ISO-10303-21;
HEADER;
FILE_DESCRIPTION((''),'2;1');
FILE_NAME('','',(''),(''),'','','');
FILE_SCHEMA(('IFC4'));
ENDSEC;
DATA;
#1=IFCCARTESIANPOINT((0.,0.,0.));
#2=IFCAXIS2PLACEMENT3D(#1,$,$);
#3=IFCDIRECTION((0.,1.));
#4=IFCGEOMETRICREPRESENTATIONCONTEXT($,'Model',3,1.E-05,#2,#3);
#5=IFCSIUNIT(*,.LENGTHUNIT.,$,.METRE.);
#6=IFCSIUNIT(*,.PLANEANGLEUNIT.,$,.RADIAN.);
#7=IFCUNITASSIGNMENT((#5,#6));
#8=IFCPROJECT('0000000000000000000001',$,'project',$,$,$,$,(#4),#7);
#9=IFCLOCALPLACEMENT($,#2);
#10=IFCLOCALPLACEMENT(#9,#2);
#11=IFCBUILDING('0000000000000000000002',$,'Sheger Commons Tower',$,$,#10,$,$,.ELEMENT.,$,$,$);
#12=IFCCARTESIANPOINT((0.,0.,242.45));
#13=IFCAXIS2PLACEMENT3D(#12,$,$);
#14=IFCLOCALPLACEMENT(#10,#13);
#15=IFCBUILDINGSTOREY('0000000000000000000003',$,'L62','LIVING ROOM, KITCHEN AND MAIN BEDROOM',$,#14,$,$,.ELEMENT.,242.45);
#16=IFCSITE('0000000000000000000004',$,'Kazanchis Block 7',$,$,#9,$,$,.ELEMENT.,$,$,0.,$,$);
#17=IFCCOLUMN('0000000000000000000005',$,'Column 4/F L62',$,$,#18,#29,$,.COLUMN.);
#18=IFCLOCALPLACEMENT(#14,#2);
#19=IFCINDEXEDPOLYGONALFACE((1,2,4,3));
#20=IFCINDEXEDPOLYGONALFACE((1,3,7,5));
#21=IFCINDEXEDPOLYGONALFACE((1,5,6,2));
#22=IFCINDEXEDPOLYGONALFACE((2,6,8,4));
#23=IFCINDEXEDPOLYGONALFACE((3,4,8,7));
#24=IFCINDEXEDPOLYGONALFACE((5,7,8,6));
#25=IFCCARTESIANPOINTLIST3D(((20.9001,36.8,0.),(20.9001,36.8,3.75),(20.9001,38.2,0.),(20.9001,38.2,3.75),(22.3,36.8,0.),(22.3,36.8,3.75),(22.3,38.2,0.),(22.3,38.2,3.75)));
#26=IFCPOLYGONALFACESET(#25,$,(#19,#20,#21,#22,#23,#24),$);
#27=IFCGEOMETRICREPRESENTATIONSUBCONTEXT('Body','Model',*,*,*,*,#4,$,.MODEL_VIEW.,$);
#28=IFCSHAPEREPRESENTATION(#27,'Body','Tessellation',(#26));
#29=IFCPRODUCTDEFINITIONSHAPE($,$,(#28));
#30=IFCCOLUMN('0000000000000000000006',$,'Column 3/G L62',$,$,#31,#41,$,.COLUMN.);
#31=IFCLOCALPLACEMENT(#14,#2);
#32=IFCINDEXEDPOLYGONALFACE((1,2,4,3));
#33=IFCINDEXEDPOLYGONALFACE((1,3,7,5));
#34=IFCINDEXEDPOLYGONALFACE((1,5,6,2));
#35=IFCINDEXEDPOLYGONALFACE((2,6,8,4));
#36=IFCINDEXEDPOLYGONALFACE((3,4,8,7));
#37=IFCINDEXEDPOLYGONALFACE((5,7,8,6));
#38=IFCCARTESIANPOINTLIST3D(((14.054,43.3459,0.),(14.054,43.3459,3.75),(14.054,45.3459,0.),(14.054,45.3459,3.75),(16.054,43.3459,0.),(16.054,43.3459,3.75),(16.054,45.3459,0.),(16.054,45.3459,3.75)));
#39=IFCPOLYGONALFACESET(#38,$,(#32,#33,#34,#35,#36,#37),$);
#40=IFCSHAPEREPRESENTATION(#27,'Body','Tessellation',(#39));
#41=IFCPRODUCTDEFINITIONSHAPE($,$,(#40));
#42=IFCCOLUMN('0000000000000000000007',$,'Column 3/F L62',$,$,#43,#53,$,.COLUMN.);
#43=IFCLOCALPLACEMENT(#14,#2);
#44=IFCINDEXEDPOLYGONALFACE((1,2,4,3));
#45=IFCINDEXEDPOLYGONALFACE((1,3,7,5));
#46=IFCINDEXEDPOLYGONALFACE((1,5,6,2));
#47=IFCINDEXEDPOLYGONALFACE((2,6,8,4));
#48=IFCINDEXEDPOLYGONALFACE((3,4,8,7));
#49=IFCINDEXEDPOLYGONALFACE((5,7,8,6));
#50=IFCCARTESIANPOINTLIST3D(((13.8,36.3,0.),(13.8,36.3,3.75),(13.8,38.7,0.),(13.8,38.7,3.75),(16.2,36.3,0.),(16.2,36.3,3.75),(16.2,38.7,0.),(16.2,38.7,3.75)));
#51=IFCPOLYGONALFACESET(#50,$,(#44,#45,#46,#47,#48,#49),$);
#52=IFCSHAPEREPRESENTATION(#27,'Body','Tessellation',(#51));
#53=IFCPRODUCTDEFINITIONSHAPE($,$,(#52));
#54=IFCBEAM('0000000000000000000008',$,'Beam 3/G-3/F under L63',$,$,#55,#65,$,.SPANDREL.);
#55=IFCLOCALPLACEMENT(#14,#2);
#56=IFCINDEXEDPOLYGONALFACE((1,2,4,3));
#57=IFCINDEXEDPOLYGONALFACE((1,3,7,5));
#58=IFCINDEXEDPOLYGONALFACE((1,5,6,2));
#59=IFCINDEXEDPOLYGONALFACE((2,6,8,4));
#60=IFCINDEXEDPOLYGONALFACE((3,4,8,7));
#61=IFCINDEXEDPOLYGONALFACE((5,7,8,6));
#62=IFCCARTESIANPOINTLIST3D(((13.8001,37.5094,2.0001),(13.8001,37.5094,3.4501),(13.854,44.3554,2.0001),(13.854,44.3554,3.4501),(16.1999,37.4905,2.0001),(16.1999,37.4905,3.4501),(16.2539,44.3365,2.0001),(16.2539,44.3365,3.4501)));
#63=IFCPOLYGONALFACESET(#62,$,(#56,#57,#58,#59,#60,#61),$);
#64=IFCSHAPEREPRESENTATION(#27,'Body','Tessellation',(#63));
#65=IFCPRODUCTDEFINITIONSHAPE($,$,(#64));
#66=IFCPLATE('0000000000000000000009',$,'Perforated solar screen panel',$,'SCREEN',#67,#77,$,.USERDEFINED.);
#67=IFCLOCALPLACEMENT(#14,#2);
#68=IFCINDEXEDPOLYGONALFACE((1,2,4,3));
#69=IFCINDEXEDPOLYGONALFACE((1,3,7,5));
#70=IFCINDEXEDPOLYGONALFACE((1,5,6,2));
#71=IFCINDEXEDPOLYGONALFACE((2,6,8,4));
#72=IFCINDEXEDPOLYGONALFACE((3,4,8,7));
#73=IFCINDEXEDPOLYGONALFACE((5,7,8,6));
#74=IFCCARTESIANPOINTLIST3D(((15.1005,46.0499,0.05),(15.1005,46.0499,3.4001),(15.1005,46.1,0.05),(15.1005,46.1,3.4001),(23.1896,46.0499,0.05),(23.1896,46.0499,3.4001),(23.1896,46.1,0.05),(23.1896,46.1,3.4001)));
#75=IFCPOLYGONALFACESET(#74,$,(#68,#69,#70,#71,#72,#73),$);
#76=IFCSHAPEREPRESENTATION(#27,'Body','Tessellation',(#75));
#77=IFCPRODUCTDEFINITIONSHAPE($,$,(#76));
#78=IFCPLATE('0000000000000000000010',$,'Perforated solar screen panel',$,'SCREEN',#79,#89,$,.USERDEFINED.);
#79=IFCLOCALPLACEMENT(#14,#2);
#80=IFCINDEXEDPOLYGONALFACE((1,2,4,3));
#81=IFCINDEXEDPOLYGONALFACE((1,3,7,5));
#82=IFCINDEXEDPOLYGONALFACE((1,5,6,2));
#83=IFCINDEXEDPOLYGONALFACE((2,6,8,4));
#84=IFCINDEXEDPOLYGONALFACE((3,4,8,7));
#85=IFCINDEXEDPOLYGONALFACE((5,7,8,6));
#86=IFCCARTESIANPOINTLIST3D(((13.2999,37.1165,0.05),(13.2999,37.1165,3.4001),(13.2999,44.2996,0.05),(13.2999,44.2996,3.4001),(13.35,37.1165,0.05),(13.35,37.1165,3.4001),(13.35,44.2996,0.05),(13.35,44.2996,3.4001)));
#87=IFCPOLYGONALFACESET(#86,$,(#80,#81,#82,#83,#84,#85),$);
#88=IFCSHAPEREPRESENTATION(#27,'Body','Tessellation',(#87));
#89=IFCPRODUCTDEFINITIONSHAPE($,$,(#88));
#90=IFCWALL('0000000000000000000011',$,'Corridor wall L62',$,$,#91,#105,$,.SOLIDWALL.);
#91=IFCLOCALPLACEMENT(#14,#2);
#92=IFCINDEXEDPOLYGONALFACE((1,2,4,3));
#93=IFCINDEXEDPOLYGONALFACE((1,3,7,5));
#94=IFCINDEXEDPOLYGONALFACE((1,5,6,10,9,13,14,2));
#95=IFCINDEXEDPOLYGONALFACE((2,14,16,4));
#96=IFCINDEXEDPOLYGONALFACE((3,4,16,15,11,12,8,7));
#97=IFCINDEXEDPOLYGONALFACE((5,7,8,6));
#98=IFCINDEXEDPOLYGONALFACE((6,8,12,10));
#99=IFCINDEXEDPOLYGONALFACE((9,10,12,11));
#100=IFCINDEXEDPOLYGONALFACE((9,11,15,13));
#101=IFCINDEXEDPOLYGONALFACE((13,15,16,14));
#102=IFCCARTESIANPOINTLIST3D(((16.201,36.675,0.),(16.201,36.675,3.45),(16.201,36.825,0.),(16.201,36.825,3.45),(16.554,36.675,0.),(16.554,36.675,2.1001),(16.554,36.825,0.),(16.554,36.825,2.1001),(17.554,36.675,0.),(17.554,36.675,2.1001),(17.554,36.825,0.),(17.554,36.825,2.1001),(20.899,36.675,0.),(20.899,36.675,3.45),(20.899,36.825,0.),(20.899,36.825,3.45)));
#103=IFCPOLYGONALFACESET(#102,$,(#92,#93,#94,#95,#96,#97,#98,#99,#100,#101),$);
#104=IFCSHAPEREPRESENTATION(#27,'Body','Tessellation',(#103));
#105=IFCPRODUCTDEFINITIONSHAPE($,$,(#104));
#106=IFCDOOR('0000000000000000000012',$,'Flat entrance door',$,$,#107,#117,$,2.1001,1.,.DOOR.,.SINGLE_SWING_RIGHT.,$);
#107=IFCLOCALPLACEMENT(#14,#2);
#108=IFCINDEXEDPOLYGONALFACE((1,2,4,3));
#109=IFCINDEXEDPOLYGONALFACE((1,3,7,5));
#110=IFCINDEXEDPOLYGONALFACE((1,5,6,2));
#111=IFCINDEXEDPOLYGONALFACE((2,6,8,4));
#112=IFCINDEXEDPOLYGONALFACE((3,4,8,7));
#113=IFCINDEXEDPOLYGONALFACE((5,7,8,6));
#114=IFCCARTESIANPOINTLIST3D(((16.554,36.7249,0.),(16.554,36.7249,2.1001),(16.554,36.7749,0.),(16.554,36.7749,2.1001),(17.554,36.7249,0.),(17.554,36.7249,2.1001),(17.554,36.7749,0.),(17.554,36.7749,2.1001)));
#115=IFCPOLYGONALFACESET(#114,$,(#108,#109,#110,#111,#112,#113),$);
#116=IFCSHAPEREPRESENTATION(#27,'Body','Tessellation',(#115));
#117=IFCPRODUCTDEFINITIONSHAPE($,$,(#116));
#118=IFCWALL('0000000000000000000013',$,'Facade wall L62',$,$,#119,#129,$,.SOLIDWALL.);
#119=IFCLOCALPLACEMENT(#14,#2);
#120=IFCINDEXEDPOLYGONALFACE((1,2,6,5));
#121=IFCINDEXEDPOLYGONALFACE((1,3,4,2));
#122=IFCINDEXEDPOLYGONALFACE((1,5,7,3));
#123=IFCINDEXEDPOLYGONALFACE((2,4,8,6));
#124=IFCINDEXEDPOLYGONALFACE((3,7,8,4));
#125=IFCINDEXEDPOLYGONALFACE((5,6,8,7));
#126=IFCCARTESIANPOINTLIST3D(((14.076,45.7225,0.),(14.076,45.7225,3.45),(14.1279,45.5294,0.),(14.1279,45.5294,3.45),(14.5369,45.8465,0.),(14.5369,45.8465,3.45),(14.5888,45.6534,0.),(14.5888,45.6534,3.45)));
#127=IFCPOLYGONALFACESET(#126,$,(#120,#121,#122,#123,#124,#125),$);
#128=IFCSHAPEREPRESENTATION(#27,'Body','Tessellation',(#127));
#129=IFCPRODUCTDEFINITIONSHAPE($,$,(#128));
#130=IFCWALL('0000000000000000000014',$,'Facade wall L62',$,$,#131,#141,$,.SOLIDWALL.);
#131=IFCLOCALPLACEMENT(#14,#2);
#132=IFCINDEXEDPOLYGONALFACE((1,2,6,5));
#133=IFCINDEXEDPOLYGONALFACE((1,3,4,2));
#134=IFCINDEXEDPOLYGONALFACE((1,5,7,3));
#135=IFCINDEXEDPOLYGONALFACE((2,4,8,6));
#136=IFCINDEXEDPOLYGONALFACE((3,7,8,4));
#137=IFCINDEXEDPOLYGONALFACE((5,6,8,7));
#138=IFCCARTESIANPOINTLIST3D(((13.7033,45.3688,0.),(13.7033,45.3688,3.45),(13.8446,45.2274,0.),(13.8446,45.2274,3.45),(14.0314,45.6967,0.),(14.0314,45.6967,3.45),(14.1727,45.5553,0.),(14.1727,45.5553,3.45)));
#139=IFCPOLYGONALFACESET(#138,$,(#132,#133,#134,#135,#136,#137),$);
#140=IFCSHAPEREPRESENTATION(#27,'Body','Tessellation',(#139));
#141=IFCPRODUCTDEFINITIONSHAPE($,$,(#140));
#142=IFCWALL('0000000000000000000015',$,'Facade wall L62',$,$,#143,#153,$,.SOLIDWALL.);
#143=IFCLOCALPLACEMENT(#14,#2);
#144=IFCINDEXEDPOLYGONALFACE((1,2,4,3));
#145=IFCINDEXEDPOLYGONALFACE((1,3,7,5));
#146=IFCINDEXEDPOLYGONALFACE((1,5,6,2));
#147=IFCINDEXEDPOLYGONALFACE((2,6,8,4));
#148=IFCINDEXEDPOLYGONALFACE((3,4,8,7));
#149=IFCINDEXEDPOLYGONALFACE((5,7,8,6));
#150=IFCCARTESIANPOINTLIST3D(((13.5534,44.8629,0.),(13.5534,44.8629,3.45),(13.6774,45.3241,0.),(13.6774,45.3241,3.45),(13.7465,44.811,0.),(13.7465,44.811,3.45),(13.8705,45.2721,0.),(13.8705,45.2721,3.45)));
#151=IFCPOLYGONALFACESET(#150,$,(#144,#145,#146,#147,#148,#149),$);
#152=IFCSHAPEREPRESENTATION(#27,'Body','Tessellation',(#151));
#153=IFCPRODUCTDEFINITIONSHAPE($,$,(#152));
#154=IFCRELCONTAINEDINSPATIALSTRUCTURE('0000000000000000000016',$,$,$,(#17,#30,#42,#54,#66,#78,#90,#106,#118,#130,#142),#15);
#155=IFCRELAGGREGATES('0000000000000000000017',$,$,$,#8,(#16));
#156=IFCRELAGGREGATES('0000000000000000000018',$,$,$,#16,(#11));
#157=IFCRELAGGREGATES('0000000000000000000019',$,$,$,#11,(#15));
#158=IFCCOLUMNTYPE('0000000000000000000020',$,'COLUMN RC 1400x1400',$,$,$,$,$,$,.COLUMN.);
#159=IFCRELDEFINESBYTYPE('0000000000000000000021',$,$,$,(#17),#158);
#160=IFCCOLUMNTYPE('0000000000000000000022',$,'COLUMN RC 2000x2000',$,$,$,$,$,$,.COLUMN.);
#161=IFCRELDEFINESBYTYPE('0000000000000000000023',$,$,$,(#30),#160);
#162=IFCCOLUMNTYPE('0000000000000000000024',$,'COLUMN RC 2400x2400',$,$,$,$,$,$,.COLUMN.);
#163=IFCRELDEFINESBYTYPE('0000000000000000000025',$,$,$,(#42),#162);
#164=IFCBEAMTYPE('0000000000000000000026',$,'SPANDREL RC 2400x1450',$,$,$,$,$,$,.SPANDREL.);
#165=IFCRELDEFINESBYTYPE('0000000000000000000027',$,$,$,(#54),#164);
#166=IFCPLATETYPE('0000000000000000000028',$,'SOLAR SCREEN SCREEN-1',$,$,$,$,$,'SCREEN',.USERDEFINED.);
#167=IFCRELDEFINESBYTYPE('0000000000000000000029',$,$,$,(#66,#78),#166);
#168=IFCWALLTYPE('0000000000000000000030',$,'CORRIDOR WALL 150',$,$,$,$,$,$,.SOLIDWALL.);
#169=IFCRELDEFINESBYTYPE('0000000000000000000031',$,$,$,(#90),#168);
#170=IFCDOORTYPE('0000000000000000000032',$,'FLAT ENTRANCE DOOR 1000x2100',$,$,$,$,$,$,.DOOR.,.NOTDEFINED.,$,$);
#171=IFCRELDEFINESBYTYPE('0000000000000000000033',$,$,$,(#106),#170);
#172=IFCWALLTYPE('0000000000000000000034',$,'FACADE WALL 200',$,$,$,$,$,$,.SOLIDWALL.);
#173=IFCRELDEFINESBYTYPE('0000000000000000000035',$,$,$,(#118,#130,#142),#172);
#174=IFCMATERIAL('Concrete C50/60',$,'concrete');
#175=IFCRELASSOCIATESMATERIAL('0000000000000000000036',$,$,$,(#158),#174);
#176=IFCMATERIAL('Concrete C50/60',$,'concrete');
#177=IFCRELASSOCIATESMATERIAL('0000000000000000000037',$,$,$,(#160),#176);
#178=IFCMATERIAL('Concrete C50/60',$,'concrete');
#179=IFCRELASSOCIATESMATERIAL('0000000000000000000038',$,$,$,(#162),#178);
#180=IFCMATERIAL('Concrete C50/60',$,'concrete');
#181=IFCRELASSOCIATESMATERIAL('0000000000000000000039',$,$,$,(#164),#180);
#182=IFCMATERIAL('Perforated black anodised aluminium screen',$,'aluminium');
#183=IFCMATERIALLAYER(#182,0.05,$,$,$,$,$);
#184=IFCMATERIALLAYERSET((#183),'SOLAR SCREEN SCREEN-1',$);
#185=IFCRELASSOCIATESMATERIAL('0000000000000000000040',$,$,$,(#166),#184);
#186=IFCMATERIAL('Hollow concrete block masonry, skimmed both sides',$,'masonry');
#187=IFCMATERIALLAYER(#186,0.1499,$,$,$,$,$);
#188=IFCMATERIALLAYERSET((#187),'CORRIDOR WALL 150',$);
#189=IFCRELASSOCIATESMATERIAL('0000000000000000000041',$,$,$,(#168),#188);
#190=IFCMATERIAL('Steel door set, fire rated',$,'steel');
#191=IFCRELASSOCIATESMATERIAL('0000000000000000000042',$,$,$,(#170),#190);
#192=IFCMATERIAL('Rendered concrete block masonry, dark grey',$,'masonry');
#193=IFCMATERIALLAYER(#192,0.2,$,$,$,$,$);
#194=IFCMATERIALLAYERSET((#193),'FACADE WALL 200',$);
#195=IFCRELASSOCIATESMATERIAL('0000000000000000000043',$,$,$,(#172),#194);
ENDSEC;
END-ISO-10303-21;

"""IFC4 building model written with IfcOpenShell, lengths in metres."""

from ifc_helpers import new_model, si_unit, direction, frame, frame_2d, origin, origin_2d, place, context, subcontext, project, spatial, rectangle, extrude, material, layer, layer_set, material_profile, profile_set, type_object, element, fill, save


model = new_model("IFC4")

# Units and contexts
model_context = context("Model", 3, precision=1e-05, world=origin(), true_north=direction((0.0, 1.0)))
body_context = subcontext(model_context, "Body", "Model", "MODEL_VIEW")
ifc_project = project(units=[si_unit("LENGTHUNIT", "METRE"), si_unit("PLANEANGLEUNIT", "RADIAN")], contexts=[model_context])

# Site, building, storey
site_placement = place(None, origin())
site = spatial("IfcSite", under=ifc_project, at=site_placement, Name="Kazanchis Block 7", CompositionType="ELEMENT", RefElevation=0.0)
building_placement = place(site_placement, origin())
building = spatial("IfcBuilding", under=site, at=building_placement, Name="Sheger Commons Tower", CompositionType="ELEMENT")
storey_placement = place(building_placement, frame((0.0, 0.0, 242.45)))
storey = spatial("IfcBuildingStorey", under=building, at=storey_placement, Name="L62", Description="LIVING ROOM, KITCHEN AND MAIN BEDROOM", CompositionType="ELEMENT", Elevation=242.45)

# Columns
ifc_material_1 = material(Name="Concrete C50/60", Category="concrete")
ifc_material_profile_1 = material_profile(ifc_material_1, rectangle(XDim=1.3999, YDim=1.3999, at=origin_2d()), Name="RC 1400x1400")
ifc_profile_set_1 = profile_set([ifc_material_profile_1], Name="Concrete C50/60")
column_type_1 = type_object("IfcColumnType", Name="COLUMN RC 1400x1400", PredefinedType="COLUMN", material=ifc_profile_set_1)
column_1_placement = place(storey_placement, frame((21.6001, 37.5, 0.0), z_axis=(0.0, 0.0, 1.0), x_axis=(1.0, 0.0, 0.0)))
element("IfcColumn", 1, at=column_1_placement, inside=storey, type_object=column_type_1, Name="Column 4/F L62", PredefinedType="COLUMN", context=body_context, shape_type="SweptSolid", body=[
    extrude(rectangle(XDim=1.3999, YDim=1.3999, at=origin_2d()), origin(), (0.0, 0.0, 1.0), 3.75),
])
ifc_material_2 = material(Name="Concrete C50/60", Category="concrete")
ifc_material_profile_2 = material_profile(ifc_material_2, rectangle(XDim=2.0, YDim=2.0, at=origin_2d()), Name="RC 2000x2000")
ifc_profile_set_2 = profile_set([ifc_material_profile_2], Name="Concrete C50/60")
column_type_2 = type_object("IfcColumnType", Name="COLUMN RC 2000x2000", PredefinedType="COLUMN", material=ifc_profile_set_2)
column_2_placement = place(storey_placement, frame((15.054, 44.3459, 0.0), z_axis=(0.0, 0.0, 1.0), x_axis=(1.0, 0.0, 0.0)))
element("IfcColumn", 2, at=column_2_placement, inside=storey, type_object=column_type_2, Name="Column 3/G L62", PredefinedType="COLUMN", context=body_context, shape_type="SweptSolid", body=[
    extrude(rectangle(XDim=2.0, YDim=2.0, at=origin_2d()), origin(), (0.0, 0.0, 1.0), 3.75),
])
ifc_material_3 = material(Name="Concrete C50/60", Category="concrete")
ifc_material_profile_3 = material_profile(ifc_material_3, rectangle(XDim=2.3999, YDim=2.3999, at=origin_2d()), Name="RC 2400x2400")
ifc_profile_set_3 = profile_set([ifc_material_profile_3], Name="Concrete C50/60")
column_type_3 = type_object("IfcColumnType", Name="COLUMN RC 2400x2400", PredefinedType="COLUMN", material=ifc_profile_set_3)
column_3_placement = place(storey_placement, frame((15.0, 37.5, 0.0), z_axis=(0.0, 0.0, 1.0), x_axis=(1.0, 0.0, 0.0)))
element("IfcColumn", 3, at=column_3_placement, inside=storey, type_object=column_type_3, Name="Column 3/F L62", PredefinedType="COLUMN", context=body_context, shape_type="SweptSolid", body=[
    extrude(rectangle(XDim=2.3999, YDim=2.3999, at=origin_2d()), origin(), (0.0, 0.0, 1.0), 3.75),
])

# Beam
ifc_material_4 = material(Name="Concrete C50/60", Category="concrete")
ifc_material_profile_4 = material_profile(ifc_material_4, rectangle(XDim=2.3999, YDim=1.45, at=origin_2d()), Name="RC 2400x1450")
ifc_profile_set_4 = profile_set([ifc_material_profile_4], Name="Concrete C50/60")
beam_type = type_object("IfcBeamType", Name="SPANDREL RC 2400x1450", PredefinedType="SPANDREL", material=ifc_profile_set_4)
beam_placement = place(storey_placement, frame((15.054, 44.3459, 2.7251), z_axis=(-0.007881, -0.999969, 0.0), x_axis=(0.999969, -0.007881, 0.0)))
element("IfcBeam", 4, at=beam_placement, inside=storey, type_object=beam_type, Name="Beam 3/G-3/F under L63", PredefinedType="SPANDREL", context=body_context, shape_type="SweptSolid", body=[
    extrude(rectangle(XDim=2.3999, YDim=1.45, at=origin_2d()), origin(), (0.0, 0.0, 1.0), 6.8462),
])

# Plates
ifc_material_5 = material(Name="Perforated black anodised aluminium screen", Category="aluminium")
ifc_layer_1 = layer(ifc_material_5, 0.05)
ifc_layer_set_1 = layer_set([ifc_layer_1], Name="SOLAR SCREEN SCREEN-1")
plate_type = type_object("IfcPlateType", Name="SOLAR SCREEN SCREEN-1", ElementType="SCREEN", PredefinedType="USERDEFINED", material=ifc_layer_set_1)
plate_1_placement = place(storey_placement, frame((19.145, 46.075, 0.05), z_axis=(0.0, 0.0, 1.0), x_axis=(-1.0, 0.0, 0.0)))
element("IfcPlate", 5, at=plate_1_placement, inside=storey, type_object=plate_type, Name="Perforated solar screen panel", ObjectType="SCREEN", PredefinedType="USERDEFINED", context=body_context, shape_type="SweptSolid", body=[
    extrude(rectangle(XDim=8.0891, YDim=0.05, at=origin_2d()), origin(), (0.0, 0.0, 1.0), 3.3501),
])
plate_2_placement = place(storey_placement, frame((13.325, 40.708, 0.05), z_axis=(0.0, 0.0, 1.0), x_axis=(0.0, -1.0, 0.0)))
element("IfcPlate", 6, at=plate_2_placement, inside=storey, type_object=plate_type, Name="Perforated solar screen panel", ObjectType="SCREEN", PredefinedType="USERDEFINED", context=body_context, shape_type="SweptSolid", body=[
    extrude(rectangle(XDim=7.1831, YDim=0.05, at=origin_2d()), origin(), (0.0, 0.0, 1.0), 3.3501),
])

# Wall, opening, door
ifc_material_6 = material(Name="Hollow concrete block masonry, skimmed both sides", Category="masonry")
ifc_layer_2 = layer(ifc_material_6, 0.1499)
ifc_layer_set_2 = layer_set([ifc_layer_2], Name="CORRIDOR WALL 150")
wall_type_1 = type_object("IfcWallType", Name="CORRIDOR WALL 150", PredefinedType="SOLIDWALL", material=ifc_layer_set_2)
wall_1_placement = place(storey_placement, frame((16.2009, 36.75, 0.0), z_axis=(0.0, 0.0, 1.0), x_axis=(1.0, 0.0, 0.0)))
wall_1 = element("IfcWall", 7, at=wall_1_placement, inside=storey, type_object=wall_type_1, Name="Corridor wall L62", PredefinedType="SOLIDWALL", context=body_context, shape_type="SweptSolid", body=[
    extrude(rectangle(XDim=4.698, YDim=0.1499, at=frame_2d((2.3491, 0.0))), origin(), (0.0, 0.0, 1.0), 3.45),
])
opening_1_placement = place(wall_1_placement, frame((0.353, 0.0, 0.0)))
opening_1 = element("IfcOpeningElement", 8, at=opening_1_placement, cuts=wall_1, PredefinedType="OPENING", context=body_context, shape_type="SweptSolid", body=[
    extrude(rectangle(XDim=1.0, YDim=2.1001, at=frame_2d((0.5, 1.05))), frame((0.0, 0.085, 0.0), z_axis=(0.0, -1.0, 0.0), x_axis=(1.0, 0.0, 0.0)), (0.0, 0.0, 1.0), 0.1699),
])
ifc_material_7 = material(Name="Steel door set, fire rated", Category="steel")
door_type_1 = type_object("IfcDoorType", Name="FLAT ENTRANCE DOOR 1000x2100", OperationType="NOTDEFINED", PredefinedType="DOOR", material=ifc_material_7)
door_1_placement = place(opening_1_placement, origin())
door_1 = element("IfcDoor", 9, at=door_1_placement, inside=storey, type_object=door_type_1, Name="Flat entrance door", OperationType="SINGLE_SWING_RIGHT", OverallHeight=2.1001, OverallWidth=1.0, PredefinedType="DOOR", context=body_context, shape_type="SweptSolid", body=[
    extrude(rectangle(XDim=1.0, YDim=2.1001, at=frame_2d((0.5, 1.05))), frame((0.0, 0.0249, 0.0), z_axis=(0.0, -1.0, 0.0), x_axis=(1.0, 0.0, 0.0)), (0.0, 0.0, 1.0), 0.05),
])
fill(opening_1, door_1)

# Walls
ifc_material_8 = material(Name="Rendered concrete block masonry, dark grey", Category="masonry")
ifc_layer_3 = layer(ifc_material_8, 0.2)
ifc_layer_set_3 = layer_set([ifc_layer_3], Name="FACADE WALL 200")
wall_type_2 = type_object("IfcWallType", Name="FACADE WALL 200", PredefinedType="SOLIDWALL", material=ifc_layer_set_3)
wall_2_placement = place(storey_placement, frame((14.563, 45.75, 0.0), z_axis=(0.0, 0.0, 1.0), x_axis=(-0.965655, -0.259827, 0.0)))
element("IfcWall", 10, at=wall_2_placement, inside=storey, type_object=wall_type_2, Name="Facade wall L62", PredefinedType="SOLIDWALL", context=body_context, shape_type="SweptSolid", body=[
    extrude(rectangle(XDim=0.4773, YDim=0.2, at=frame_2d((0.2388, 0.0))), origin(), (0.0, 0.0, 1.0), 3.45),
])
wall_3_placement = place(storey_placement, frame((14.1021, 45.626, 0.0), z_axis=(0.0, 0.0, 1.0), x_axis=(-0.70737, -0.706844, 0.0)))
element("IfcWall", 11, at=wall_3_placement, inside=storey, type_object=wall_type_2, Name="Facade wall L62", PredefinedType="SOLIDWALL", context=body_context, shape_type="SweptSolid", body=[
    extrude(rectangle(XDim=0.4639, YDim=0.2, at=frame_2d((0.2319, 0.0))), origin(), (0.0, 0.0, 1.0), 3.45),
])
wall_4_placement = place(storey_placement, frame((13.7739, 45.2981, 0.0), z_axis=(0.0, 0.0, 1.0), x_axis=(-0.259698, -0.96569, 0.0)))
element("IfcWall", 12, at=wall_4_placement, inside=storey, type_object=wall_type_2, Name="Facade wall L62", PredefinedType="SOLIDWALL", context=body_context, shape_type="SweptSolid", body=[
    extrude(rectangle(XDim=0.4775, YDim=0.2, at=frame_2d((0.2388, 0.0))), origin(), (0.0, 0.0, 1.0), 3.45),
])

save(model, "model.ifc")
